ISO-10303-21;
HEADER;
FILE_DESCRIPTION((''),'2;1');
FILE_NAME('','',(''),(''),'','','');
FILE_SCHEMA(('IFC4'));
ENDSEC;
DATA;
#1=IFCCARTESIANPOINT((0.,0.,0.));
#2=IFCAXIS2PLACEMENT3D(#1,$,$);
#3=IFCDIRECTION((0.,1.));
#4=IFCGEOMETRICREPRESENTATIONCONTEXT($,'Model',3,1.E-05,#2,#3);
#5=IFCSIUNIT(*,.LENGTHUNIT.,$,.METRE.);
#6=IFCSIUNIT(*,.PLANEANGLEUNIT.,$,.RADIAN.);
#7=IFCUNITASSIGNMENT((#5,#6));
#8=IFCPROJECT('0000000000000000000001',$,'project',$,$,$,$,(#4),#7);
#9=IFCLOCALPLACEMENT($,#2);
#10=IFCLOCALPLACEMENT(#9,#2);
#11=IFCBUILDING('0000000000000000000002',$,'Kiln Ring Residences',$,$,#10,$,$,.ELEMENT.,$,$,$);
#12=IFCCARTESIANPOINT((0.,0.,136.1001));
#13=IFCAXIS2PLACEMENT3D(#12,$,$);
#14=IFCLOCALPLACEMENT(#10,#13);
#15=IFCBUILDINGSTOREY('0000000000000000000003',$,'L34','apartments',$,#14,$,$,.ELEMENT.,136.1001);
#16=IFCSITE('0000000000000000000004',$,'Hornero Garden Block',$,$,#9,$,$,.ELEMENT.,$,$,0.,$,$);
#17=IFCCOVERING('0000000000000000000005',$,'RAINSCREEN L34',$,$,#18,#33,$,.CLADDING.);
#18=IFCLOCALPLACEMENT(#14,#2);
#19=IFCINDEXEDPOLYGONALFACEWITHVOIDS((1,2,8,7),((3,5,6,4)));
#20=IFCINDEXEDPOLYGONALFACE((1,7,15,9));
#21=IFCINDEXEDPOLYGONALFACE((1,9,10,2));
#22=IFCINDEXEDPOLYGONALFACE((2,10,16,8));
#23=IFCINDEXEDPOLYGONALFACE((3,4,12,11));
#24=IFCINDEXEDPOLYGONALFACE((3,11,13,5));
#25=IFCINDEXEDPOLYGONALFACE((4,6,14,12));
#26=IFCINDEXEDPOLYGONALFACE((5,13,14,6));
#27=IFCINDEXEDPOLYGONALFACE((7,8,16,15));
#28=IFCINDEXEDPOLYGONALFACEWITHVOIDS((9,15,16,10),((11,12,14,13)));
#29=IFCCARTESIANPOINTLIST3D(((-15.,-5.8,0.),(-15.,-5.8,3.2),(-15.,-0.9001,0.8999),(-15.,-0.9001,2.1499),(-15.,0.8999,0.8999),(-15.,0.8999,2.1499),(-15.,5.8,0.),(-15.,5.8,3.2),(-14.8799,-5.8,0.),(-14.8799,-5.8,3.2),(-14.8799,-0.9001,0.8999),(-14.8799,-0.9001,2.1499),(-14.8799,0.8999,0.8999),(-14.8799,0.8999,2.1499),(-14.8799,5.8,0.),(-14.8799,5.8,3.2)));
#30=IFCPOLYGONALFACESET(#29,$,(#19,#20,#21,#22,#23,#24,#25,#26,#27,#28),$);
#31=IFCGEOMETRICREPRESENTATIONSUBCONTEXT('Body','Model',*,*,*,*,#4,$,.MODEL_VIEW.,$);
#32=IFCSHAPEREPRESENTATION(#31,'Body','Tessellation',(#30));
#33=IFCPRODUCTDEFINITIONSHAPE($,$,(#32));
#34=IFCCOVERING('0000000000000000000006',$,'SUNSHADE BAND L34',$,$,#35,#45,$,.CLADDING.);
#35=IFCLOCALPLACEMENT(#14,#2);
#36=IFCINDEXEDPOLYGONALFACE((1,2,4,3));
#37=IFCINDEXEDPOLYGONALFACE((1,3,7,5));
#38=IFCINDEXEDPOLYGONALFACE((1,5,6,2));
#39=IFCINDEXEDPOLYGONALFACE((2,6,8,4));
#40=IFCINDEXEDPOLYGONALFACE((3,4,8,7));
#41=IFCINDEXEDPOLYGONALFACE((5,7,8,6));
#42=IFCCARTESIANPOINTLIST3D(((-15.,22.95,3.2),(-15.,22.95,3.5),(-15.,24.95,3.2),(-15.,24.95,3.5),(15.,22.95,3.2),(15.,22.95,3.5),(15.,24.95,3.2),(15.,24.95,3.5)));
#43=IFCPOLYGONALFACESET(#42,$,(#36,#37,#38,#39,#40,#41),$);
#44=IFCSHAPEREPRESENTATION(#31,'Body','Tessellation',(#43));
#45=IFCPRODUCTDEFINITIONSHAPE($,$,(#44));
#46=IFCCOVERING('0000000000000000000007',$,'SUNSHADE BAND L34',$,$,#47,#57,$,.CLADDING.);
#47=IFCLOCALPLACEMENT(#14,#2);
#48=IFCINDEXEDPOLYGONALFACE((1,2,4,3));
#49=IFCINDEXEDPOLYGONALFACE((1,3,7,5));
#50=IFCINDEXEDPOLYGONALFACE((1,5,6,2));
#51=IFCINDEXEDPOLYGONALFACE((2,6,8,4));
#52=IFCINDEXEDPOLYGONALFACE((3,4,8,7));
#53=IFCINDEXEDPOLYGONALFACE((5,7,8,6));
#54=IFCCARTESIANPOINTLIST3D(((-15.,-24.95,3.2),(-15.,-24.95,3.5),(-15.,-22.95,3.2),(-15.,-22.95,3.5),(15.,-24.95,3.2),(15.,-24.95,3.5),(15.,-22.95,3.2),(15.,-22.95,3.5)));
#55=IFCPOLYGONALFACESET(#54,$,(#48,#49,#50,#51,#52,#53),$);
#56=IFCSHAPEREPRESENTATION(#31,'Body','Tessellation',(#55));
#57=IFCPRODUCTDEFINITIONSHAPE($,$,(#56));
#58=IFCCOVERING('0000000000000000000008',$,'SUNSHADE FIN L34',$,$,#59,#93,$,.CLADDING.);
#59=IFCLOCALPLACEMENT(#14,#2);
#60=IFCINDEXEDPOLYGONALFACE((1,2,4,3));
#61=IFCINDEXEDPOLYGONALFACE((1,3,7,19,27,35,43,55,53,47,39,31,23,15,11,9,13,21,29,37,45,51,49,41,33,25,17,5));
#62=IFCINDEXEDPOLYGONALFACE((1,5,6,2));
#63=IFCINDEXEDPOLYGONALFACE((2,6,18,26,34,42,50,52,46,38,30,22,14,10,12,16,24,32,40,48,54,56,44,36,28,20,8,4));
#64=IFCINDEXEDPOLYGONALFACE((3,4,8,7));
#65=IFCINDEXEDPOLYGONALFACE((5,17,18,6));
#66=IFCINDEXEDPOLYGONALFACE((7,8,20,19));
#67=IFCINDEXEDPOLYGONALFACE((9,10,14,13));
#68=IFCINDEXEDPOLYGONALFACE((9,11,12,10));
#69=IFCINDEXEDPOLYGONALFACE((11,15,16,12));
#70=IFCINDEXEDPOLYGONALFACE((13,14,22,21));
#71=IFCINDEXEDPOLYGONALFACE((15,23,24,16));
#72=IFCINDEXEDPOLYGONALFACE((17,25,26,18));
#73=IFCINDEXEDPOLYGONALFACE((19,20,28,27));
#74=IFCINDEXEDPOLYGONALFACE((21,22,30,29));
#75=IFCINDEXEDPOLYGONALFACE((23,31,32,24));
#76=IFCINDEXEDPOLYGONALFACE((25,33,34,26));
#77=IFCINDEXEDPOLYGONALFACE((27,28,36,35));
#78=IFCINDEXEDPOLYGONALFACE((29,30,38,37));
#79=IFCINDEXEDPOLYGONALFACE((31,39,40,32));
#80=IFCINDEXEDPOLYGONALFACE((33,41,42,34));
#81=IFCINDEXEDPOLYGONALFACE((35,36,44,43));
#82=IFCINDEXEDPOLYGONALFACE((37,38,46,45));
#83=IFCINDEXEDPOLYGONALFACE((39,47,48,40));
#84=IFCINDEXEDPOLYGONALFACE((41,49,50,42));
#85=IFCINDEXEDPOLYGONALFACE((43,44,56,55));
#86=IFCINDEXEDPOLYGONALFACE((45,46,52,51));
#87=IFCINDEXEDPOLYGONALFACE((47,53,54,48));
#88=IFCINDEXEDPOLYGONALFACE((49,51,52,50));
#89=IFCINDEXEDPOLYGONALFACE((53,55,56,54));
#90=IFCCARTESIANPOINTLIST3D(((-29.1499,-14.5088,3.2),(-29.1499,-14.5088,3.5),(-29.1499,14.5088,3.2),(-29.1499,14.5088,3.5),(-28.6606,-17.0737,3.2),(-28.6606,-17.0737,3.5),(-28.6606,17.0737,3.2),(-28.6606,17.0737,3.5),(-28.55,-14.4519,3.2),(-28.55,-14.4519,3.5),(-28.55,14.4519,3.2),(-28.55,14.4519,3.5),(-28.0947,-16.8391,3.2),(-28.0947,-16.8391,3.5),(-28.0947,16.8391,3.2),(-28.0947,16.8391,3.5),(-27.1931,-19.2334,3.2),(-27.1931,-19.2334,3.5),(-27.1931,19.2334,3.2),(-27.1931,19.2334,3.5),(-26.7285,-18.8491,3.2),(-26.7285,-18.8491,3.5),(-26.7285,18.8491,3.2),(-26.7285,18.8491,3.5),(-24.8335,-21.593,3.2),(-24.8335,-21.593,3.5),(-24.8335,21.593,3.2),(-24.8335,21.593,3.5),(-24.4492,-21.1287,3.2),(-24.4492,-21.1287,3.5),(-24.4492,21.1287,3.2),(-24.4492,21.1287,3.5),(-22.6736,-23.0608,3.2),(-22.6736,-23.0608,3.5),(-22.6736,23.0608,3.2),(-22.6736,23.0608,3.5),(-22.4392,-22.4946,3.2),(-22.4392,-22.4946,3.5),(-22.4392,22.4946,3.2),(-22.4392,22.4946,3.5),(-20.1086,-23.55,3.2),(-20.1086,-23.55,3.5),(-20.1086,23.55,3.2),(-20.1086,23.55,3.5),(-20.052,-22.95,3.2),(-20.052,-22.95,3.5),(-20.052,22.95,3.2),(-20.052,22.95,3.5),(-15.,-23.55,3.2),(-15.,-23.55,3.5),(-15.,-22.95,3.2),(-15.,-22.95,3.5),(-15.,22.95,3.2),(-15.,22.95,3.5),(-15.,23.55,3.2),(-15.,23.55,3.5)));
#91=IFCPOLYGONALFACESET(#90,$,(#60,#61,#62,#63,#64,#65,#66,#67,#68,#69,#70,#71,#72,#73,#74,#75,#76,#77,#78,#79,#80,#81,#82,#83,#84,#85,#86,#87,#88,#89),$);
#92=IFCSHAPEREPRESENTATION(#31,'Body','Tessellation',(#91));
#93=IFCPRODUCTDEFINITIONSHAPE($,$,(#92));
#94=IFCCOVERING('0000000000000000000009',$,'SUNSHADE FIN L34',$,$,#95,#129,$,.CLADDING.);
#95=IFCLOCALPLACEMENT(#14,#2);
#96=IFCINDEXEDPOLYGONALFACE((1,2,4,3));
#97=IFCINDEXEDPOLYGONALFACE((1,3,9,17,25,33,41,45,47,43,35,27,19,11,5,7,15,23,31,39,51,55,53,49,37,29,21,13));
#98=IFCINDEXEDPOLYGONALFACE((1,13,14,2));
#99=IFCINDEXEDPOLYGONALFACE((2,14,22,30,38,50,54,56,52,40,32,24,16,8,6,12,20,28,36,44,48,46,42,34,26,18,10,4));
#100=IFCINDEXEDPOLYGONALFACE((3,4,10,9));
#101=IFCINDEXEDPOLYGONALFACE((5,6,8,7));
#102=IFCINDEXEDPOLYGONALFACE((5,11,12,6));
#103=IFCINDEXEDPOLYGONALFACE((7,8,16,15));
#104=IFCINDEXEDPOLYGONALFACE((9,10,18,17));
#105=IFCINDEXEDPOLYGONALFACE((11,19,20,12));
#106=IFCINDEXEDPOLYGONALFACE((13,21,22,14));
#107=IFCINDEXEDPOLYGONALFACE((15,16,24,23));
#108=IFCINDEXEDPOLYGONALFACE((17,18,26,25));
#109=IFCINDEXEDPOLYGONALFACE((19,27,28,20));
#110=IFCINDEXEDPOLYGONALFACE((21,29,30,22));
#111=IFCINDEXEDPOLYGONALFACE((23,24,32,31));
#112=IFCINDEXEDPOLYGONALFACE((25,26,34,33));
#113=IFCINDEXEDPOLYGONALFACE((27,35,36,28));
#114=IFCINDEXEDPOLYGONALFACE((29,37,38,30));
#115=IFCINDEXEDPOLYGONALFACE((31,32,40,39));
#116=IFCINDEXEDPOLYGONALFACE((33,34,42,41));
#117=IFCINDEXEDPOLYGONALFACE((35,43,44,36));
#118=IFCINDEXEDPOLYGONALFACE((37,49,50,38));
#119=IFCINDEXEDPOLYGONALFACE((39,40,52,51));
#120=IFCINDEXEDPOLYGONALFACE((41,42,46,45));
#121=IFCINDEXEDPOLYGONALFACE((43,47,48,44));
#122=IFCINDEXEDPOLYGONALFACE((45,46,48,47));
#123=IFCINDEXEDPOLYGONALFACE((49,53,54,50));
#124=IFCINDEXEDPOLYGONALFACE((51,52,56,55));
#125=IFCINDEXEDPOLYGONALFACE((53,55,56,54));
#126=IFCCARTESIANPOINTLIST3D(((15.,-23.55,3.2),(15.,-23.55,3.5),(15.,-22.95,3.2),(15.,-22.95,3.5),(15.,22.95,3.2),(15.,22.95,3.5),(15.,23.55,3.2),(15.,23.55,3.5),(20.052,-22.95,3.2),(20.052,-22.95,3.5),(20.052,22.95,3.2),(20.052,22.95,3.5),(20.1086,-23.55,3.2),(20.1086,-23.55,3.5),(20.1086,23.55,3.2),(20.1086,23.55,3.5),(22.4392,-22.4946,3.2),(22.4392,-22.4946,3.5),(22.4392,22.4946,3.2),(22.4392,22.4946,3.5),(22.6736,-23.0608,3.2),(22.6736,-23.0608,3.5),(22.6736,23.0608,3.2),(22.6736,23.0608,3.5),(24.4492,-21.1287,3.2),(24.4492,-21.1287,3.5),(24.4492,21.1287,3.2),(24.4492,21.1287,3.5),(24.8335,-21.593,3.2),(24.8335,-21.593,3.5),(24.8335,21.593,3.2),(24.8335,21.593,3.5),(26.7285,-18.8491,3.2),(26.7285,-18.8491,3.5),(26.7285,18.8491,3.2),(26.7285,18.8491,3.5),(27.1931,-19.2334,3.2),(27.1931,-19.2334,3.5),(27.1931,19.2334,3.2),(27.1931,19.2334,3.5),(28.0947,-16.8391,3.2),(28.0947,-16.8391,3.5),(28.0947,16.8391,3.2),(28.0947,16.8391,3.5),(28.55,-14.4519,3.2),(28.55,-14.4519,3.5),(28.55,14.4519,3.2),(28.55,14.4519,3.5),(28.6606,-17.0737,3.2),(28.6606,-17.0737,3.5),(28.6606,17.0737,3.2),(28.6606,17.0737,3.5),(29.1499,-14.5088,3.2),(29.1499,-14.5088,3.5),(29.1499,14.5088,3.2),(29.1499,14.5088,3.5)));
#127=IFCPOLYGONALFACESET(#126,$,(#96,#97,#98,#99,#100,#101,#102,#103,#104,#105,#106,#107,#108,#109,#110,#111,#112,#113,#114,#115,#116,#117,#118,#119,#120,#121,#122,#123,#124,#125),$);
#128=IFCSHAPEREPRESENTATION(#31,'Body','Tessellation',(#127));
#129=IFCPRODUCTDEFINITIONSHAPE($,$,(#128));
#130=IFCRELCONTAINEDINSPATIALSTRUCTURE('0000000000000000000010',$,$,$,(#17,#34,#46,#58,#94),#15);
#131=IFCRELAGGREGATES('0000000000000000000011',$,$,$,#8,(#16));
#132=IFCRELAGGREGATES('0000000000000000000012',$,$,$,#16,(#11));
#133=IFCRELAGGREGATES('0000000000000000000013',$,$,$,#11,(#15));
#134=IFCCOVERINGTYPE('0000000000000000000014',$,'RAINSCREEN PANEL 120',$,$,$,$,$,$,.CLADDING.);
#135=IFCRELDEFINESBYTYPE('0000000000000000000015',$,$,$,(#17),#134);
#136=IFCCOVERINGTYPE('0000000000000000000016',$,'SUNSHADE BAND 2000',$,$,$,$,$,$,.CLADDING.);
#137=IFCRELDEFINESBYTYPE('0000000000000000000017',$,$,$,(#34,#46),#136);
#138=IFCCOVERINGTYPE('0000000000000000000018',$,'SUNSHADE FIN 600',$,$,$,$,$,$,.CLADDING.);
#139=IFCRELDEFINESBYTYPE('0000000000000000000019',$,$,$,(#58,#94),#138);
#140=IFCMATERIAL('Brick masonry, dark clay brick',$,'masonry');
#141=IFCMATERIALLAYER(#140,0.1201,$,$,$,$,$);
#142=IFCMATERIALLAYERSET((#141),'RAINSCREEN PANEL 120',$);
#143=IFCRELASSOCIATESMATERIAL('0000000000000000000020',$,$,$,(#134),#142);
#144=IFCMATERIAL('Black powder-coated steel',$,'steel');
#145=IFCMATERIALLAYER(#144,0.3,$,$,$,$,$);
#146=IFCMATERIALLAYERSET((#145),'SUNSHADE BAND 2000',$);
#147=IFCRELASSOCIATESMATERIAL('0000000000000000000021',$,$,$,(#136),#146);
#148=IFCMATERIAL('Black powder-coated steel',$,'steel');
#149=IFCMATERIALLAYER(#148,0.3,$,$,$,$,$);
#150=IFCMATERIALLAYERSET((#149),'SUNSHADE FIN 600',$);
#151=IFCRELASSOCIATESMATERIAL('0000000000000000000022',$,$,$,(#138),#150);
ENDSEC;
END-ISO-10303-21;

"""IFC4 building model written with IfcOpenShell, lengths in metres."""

from ifc_helpers import new_model, si_unit, direction, frame, origin, place, context, subcontext, project, spatial, polyline, outline, extrude, material, layer, layer_set, type_object, element, save


model = new_model("IFC4")

# Units and contexts
model_context = context("Model", 3, precision=1e-05, world=origin(), true_north=direction((0.0, 1.0)))
body_context = subcontext(model_context, "Body", "Model", "MODEL_VIEW")
ifc_project = project(units=[si_unit("LENGTHUNIT", "METRE"), si_unit("PLANEANGLEUNIT", "RADIAN")], contexts=[model_context])

# Site, building, storey
site_placement = place(None, origin())
site = spatial("IfcSite", under=ifc_project, at=site_placement, Name="Hornero Garden Block", CompositionType="ELEMENT", RefElevation=0.0)
building_placement = place(site_placement, origin())
building = spatial("IfcBuilding", under=site, at=building_placement, Name="Kiln Ring Residences", CompositionType="ELEMENT")
storey_placement = place(building_placement, frame((0.0, 0.0, 136.1001)))
storey = spatial("IfcBuildingStorey", under=building, at=storey_placement, Name="L34", Description="apartments", CompositionType="ELEMENT", Elevation=136.1001)

# Coverings
ifc_material_1 = material(Name="Brick masonry, dark clay brick", Category="masonry")
ifc_layer_1 = layer(ifc_material_1, 0.1201)
ifc_layer_set_1 = layer_set([ifc_layer_1], Name="RAINSCREEN PANEL 120")
covering_type_1 = type_object("IfcCoveringType", Name="RAINSCREEN PANEL 120", PredefinedType="CLADDING", material=ifc_layer_set_1)
covering_1_placement = place(storey_placement, frame((-14.9399, -5.8, 0.0), z_axis=(0.0, 0.0, 1.0), x_axis=(0.0, 1.0, 0.0)))
element("IfcCovering", 1, at=covering_1_placement, inside=storey, type_object=covering_type_1, Name="RAINSCREEN L34", PredefinedType="CLADDING", context=body_context, shape_type="SweptSolid", body=[
    extrude(outline(polyline([(0.0, 0.0), (11.6001, 0.0), (11.6001, 3.2), (0.0, 3.2), (0.0, 0.0)]), holes=[polyline([(4.8999, 2.1499), (4.8999, 0.8999), (6.7, 0.8999), (6.7, 2.1499), (4.8999, 2.1499)])]), frame((0.0, 0.0601, 0.0), z_axis=(0.0, -1.0, 0.0), x_axis=(1.0, 0.0, 0.0)), (0.0, 0.0, 1.0), 0.1201),
])
ifc_material_2 = material(Name="Black powder-coated steel", Category="steel")
ifc_layer_2 = layer(ifc_material_2, 0.3)
ifc_layer_set_2 = layer_set([ifc_layer_2], Name="SUNSHADE BAND 2000")
covering_type_2 = type_object("IfcCoveringType", Name="SUNSHADE BAND 2000", PredefinedType="CLADDING", material=ifc_layer_set_2)
placement = place(storey_placement, frame((0.0, 0.0, 3.2)))
element("IfcCovering", 2, at=placement, inside=storey, type_object=covering_type_2, Name="SUNSHADE BAND L34", PredefinedType="CLADDING", context=body_context, shape_type="SweptSolid", body=[
    extrude(outline(polyline([(15.0, 24.95), (-15.0, 24.95), (-15.0, 22.95), (15.0, 22.95), (15.0, 24.95)])), origin(), (0.0, 0.0, 1.0), 0.3),
])
element("IfcCovering", 3, at=placement, inside=storey, type_object=covering_type_2, Name="SUNSHADE BAND L34", PredefinedType="CLADDING", context=body_context, shape_type="SweptSolid", body=[
    extrude(outline(polyline([(-15.0, -24.95), (15.0, -24.95), (15.0, -22.95), (-15.0, -22.95), (-15.0, -24.95)])), origin(), (0.0, 0.0, 1.0), 0.3),
])
ifc_material_3 = material(Name="Black powder-coated steel", Category="steel")
ifc_layer_3 = layer(ifc_material_3, 0.3)
ifc_layer_set_3 = layer_set([ifc_layer_3], Name="SUNSHADE FIN 600")
covering_type_3 = type_object("IfcCoveringType", Name="SUNSHADE FIN 600", PredefinedType="CLADDING", material=ifc_layer_set_3)
element("IfcCovering", 4, at=placement, inside=storey, type_object=covering_type_3, Name="SUNSHADE FIN L34", PredefinedType="CLADDING", context=body_context, shape_type="SweptSolid", body=[
    extrude(outline(polyline([(-29.1499, -14.5088), (-28.6606, -17.0737), (-27.1931, -19.2334), (-24.8335, -21.593), (-22.6736, -23.0608), (-20.1086, -23.55), (-15.0, -23.55), (-15.0, -22.95), (-20.052, -22.95), (-22.4392, -22.4946), (-24.4492, -21.1287), (-26.7285, -18.8491), (-28.0947, -16.8391), (-28.55, -14.4519), (-28.55, 14.4519), (-28.0947, 16.8391), (-26.7285, 18.8491), (-24.4492, 21.1287), (-22.4392, 22.4946), (-20.052, 22.95), (-15.0, 22.95), (-15.0, 23.55), (-20.1086, 23.55), (-22.6736, 23.0608), (-24.8335, 21.593), (-27.1931, 19.2334), (-28.6606, 17.0737), (-29.1499, 14.5088), (-29.1499, -14.5088)])), origin(), (0.0, 0.0, 1.0), 0.3),
])
element("IfcCovering", 5, at=placement, inside=storey, type_object=covering_type_3, Name="SUNSHADE FIN L34", PredefinedType="CLADDING", context=body_context, shape_type="SweptSolid", body=[
    extrude(outline(polyline([(20.1086, 23.55), (15.0, 23.55), (15.0, 22.95), (20.052, 22.95), (22.4392, 22.4946), (24.4492, 21.1287), (26.7285, 18.8491), (28.0947, 16.8391), (28.55, 14.4519), (28.55, -14.4519), (28.0947, -16.8391), (26.7285, -18.8491), (24.4492, -21.1287), (22.4392, -22.4946), (20.052, -22.95), (15.0, -22.95), (15.0, -23.55), (20.1086, -23.55), (22.6736, -23.0608), (24.8335, -21.593), (27.1931, -19.2334), (28.6606, -17.0737), (29.1499, -14.5088), (29.1499, 14.5088), (28.6606, 17.0737), (27.1931, 19.2334), (24.8335, 21.593), (22.6736, 23.0608), (20.1086, 23.55)])), origin(), (0.0, 0.0, 1.0), 0.3),
])

save(model, "model.ifc")
